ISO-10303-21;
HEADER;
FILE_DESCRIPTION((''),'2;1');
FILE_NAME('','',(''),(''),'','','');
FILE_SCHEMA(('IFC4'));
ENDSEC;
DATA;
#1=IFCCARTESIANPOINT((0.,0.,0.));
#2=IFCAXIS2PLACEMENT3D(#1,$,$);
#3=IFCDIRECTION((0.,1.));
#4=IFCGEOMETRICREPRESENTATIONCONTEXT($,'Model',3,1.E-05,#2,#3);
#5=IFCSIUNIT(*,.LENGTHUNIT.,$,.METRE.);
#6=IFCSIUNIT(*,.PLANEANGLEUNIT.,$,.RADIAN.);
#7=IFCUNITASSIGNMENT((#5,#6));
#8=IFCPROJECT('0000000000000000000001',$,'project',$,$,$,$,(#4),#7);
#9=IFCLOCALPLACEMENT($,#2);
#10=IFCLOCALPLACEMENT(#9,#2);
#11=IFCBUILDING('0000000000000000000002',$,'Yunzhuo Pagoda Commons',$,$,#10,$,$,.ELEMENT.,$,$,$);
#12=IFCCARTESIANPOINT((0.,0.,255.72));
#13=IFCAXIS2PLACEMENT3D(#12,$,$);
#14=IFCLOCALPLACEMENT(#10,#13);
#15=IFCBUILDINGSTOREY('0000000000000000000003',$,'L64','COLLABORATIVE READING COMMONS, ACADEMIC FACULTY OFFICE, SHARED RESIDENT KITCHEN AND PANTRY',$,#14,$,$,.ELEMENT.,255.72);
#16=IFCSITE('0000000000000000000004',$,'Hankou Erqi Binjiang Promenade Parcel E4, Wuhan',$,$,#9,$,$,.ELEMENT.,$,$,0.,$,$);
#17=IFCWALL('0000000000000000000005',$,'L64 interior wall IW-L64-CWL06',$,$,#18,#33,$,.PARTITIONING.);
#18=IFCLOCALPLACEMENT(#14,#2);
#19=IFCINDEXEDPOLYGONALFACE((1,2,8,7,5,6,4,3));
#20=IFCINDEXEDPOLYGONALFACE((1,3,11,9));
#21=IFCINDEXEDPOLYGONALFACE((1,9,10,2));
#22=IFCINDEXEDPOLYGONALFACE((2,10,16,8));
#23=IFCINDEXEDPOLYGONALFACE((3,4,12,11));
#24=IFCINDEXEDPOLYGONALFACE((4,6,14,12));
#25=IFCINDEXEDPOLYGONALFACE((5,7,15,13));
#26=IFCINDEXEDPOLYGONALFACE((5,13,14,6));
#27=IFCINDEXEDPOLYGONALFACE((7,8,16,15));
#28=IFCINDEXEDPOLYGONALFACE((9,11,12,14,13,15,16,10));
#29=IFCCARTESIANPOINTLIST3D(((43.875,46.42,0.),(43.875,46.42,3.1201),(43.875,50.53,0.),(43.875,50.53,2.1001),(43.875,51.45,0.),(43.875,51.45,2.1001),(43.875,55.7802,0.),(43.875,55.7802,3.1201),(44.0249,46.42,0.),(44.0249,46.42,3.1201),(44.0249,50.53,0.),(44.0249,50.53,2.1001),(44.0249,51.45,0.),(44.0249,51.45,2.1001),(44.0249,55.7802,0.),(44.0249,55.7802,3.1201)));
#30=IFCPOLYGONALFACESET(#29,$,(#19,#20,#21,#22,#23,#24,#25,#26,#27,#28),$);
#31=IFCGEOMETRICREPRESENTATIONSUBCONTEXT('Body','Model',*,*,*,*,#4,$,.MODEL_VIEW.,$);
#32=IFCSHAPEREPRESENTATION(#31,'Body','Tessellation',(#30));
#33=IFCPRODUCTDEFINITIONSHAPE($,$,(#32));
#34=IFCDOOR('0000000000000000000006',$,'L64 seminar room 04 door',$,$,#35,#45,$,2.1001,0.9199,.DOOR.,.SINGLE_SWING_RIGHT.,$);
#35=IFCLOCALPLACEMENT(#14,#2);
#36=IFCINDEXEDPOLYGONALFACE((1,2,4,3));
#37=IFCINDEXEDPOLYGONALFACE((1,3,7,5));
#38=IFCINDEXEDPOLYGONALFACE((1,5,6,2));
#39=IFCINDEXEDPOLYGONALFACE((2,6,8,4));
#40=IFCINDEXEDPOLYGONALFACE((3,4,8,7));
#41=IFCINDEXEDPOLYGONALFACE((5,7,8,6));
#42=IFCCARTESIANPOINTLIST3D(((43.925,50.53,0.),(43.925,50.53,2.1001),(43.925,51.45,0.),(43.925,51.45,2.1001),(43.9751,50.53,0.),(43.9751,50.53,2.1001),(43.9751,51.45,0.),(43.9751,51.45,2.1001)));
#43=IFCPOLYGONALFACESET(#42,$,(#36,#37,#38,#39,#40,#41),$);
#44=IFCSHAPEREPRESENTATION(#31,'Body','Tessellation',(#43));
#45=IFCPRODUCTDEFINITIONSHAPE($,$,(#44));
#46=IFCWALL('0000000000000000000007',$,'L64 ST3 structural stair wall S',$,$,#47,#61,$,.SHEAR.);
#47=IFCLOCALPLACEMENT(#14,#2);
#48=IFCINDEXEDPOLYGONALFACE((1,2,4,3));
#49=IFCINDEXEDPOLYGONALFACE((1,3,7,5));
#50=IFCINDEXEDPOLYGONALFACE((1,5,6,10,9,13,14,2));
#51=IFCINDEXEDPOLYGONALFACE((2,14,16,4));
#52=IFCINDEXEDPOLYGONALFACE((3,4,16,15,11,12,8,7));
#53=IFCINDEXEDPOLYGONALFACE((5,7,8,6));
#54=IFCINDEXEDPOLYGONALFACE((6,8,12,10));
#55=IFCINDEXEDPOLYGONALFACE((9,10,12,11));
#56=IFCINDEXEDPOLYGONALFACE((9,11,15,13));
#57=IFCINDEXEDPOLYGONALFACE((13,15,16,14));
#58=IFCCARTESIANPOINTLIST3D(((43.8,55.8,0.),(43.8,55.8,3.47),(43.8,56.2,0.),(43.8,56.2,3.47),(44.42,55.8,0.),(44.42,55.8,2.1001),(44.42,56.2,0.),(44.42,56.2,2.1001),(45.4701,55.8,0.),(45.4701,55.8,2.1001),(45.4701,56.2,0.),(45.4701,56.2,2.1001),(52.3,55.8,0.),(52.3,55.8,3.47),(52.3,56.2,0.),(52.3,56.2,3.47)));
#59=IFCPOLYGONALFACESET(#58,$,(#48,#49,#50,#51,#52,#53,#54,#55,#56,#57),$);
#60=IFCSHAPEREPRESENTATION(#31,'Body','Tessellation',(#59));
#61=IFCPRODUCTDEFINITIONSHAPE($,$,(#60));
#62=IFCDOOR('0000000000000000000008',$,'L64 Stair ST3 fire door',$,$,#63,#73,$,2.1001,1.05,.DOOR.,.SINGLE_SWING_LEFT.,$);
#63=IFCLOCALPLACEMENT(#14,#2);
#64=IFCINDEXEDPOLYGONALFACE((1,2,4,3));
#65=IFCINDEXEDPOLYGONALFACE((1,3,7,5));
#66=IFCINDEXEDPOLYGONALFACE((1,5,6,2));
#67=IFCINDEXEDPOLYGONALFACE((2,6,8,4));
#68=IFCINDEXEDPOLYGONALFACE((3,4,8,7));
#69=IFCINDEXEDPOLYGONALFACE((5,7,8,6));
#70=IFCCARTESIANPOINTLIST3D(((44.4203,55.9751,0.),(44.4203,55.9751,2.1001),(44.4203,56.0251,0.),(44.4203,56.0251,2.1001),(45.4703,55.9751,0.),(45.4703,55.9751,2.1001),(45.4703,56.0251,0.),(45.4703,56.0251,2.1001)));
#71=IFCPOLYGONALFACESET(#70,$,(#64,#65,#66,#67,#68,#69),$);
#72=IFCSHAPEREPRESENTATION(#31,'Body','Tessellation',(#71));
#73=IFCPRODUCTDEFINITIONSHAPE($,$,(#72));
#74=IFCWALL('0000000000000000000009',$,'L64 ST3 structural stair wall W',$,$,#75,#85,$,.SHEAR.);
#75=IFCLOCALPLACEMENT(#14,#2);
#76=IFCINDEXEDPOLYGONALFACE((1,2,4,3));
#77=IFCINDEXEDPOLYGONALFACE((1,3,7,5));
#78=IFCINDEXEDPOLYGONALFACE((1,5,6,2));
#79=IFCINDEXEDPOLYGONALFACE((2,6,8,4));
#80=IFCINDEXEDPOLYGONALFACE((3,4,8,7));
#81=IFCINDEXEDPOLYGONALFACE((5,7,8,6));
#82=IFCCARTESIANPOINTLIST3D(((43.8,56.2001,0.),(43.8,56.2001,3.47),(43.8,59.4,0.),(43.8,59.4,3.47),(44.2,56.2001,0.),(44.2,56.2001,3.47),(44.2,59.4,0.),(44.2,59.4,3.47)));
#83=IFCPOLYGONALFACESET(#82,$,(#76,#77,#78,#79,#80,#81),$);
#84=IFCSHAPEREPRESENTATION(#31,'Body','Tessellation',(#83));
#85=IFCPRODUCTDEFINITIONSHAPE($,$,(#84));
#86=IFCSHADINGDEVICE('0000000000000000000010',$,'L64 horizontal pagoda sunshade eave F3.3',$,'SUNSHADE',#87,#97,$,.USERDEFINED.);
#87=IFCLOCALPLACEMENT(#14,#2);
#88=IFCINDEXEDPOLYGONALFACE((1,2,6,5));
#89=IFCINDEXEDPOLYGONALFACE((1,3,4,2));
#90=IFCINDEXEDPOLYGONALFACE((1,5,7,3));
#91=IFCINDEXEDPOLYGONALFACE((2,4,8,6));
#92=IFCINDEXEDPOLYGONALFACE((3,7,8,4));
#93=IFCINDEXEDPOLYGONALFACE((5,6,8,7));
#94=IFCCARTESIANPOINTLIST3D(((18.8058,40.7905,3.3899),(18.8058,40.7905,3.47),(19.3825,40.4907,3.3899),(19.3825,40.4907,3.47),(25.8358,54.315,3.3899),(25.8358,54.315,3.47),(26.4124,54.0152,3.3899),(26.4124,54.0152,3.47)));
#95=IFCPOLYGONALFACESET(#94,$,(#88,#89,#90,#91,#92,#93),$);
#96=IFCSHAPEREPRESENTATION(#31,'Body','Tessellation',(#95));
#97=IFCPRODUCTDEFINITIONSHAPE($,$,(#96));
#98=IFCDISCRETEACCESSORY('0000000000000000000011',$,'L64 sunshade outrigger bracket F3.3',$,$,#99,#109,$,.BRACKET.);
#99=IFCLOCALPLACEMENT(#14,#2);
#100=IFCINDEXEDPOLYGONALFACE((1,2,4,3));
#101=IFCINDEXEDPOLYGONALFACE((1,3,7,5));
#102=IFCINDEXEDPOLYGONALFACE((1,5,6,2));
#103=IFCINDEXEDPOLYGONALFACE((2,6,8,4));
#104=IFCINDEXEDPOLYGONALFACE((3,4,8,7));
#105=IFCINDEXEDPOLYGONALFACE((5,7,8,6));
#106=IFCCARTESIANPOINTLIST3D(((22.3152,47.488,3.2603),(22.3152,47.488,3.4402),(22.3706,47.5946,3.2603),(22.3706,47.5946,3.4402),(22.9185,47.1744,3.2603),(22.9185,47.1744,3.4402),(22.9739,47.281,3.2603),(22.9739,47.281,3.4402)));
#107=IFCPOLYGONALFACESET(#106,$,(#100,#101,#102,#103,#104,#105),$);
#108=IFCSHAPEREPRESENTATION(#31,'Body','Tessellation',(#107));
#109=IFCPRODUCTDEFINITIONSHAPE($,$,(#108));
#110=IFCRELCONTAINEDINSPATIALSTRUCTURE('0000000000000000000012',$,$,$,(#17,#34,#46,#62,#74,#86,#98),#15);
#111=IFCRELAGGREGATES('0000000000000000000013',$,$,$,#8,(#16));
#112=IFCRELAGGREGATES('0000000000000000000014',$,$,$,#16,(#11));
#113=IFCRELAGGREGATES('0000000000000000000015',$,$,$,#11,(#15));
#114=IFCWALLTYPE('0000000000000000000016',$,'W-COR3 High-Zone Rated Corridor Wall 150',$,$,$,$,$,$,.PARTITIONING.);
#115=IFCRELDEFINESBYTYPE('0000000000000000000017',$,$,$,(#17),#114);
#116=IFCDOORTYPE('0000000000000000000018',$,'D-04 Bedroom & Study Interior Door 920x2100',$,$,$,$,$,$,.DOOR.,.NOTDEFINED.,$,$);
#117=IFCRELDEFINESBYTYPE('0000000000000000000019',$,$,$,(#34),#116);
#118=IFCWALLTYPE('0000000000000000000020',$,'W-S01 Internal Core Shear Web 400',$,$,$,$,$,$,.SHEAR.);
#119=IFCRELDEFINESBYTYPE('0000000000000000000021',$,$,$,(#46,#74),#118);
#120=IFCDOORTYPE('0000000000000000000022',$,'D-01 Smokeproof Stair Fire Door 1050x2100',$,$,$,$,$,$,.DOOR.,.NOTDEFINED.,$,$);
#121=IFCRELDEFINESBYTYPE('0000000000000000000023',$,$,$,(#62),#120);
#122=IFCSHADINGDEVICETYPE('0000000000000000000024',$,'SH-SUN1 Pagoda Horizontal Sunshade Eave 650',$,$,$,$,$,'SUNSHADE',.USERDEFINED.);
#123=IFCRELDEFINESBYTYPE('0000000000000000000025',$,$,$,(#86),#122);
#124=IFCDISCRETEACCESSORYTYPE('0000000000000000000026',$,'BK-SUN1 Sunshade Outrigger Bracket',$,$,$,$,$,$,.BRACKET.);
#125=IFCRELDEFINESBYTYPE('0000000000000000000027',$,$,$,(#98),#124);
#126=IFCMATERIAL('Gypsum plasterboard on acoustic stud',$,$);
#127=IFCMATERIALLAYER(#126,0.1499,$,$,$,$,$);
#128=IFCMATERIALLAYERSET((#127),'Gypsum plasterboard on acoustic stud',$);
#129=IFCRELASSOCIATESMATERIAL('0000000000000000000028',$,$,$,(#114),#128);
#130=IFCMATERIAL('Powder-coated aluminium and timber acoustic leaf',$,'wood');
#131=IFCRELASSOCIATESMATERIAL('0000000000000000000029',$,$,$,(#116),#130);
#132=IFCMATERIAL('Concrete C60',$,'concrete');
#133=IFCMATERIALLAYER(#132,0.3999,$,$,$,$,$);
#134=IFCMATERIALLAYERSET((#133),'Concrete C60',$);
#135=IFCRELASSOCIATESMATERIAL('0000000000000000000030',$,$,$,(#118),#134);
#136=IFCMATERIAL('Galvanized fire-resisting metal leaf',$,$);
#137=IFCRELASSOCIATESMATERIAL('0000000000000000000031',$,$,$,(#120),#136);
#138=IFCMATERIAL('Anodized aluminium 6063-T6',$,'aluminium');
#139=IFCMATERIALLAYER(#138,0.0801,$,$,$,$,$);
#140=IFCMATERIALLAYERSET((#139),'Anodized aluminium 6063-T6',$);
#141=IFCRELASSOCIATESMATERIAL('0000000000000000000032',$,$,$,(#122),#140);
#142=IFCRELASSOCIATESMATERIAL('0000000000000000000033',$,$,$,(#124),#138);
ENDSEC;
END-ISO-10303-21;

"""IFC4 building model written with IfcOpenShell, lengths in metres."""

from ifc_helpers import new_model, si_unit, direction, frame, frame_2d, origin, origin_with_axes, origin_2d, place, context, subcontext, project, spatial, rectangle, extrude, source, transform, mapped, material, layer, layer_set, type_object, element, fill, save


model = new_model("IFC4")

# Units and contexts
model_context = context("Model", 3, precision=1e-05, world=origin(), true_north=direction((0.0, 1.0)))
body_context = subcontext(model_context, "Body", "Model", "MODEL_VIEW")
ifc_project = project(units=[si_unit("LENGTHUNIT", "METRE"), si_unit("PLANEANGLEUNIT", "RADIAN")], contexts=[model_context])

# Site, building, storey
site_placement = place(None, origin())
site = spatial("IfcSite", under=ifc_project, at=site_placement, Name="Hankou Erqi Binjiang Promenade Parcel E4, Wuhan", CompositionType="ELEMENT", RefElevation=0.0)
building_placement = place(site_placement, origin())
building = spatial("IfcBuilding", under=site, at=building_placement, Name="Yunzhuo Pagoda Commons", CompositionType="ELEMENT")
storey_placement = place(building_placement, frame((0.0, 0.0, 255.72)))
storey = spatial("IfcBuildingStorey", under=building, at=storey_placement, Name="L64", Description="COLLABORATIVE READING COMMONS, ACADEMIC FACULTY OFFICE, SHARED RESIDENT KITCHEN AND PANTRY", CompositionType="ELEMENT", Elevation=255.72)

# Shared definitions
ifc_material_1 = material(Name="Anodized aluminium 6063-T6", Category="aluminium")

# Walls, openings, doors
ifc_material_2 = material(Name="Gypsum plasterboard on acoustic stud")
ifc_layer_1 = layer(ifc_material_2, 0.1499)
ifc_layer_set_1 = layer_set([ifc_layer_1], Name="Gypsum plasterboard on acoustic stud")
wall_type_1 = type_object("IfcWallType", Name="W-COR3 High-Zone Rated Corridor Wall 150", PredefinedType="PARTITIONING", material=ifc_layer_set_1)
wall_1_placement = place(storey_placement, frame((43.95, 46.4199, 0.0), z_axis=(0.0, 0.0, 1.0), x_axis=(0.0, 1.0, 0.0)))
wall_1 = element("IfcWall", 1, at=wall_1_placement, inside=storey, type_object=wall_type_1, Name="L64 interior wall IW-L64-CWL06", PredefinedType="PARTITIONING", context=body_context, shape_type="SweptSolid", body=[
    extrude(rectangle(XDim=9.3601, YDim=0.1499, at=frame_2d((4.6802, 0.0))), origin(), (0.0, 0.0, 1.0), 3.1201),
])
opening_1_placement = place(wall_1_placement, frame((4.1101, 0.0, 0.0)))
opening_1 = element("IfcOpeningElement", 2, at=opening_1_placement, cuts=wall_1, PredefinedType="OPENING", context=body_context, shape_type="SweptSolid", body=[
    extrude(rectangle(XDim=0.9199, YDim=2.1001, at=frame_2d((0.46, 1.05))), frame((0.0, 0.085, 0.0), z_axis=(0.0, -1.0, 0.0), x_axis=(1.0, 0.0, 0.0)), (0.0, 0.0, 1.0), 0.1699),
])
ifc_material_3 = material(Name="Powder-coated aluminium and timber acoustic leaf", Category="wood")
door_type_1 = type_object("IfcDoorType", Name="D-04 Bedroom & Study Interior Door 920x2100", OperationType="NOTDEFINED", PredefinedType="DOOR", material=ifc_material_3)
shared_shape_1 = source(origin(), body_context, "Body", "SweptSolid", [
    extrude(rectangle(XDim=0.9199, YDim=2.1001, at=frame_2d((0.46, 1.05))), frame((0.0, 0.0249, 0.0), z_axis=(0.0, -1.0, 0.0), x_axis=(1.0, 0.0, 0.0)), (0.0, 0.0, 1.0), 0.05),
])
door_1_placement = place(opening_1_placement, origin_with_axes())
door_1 = element("IfcDoor", 3, at=door_1_placement, inside=storey, type_object=door_type_1, Name="L64 seminar room 04 door", OperationType="SINGLE_SWING_RIGHT", OverallHeight=2.1001, OverallWidth=0.9199, PredefinedType="DOOR", context=body_context, shape_type="MappedRepresentation", body=[
    mapped(shared_shape_1, transform((0.0, 0.0, 0.0), scale=1.0)),
])
fill(opening_1, door_1)
ifc_material_4 = material(Name="Concrete C60", Category="concrete")
ifc_layer_2 = layer(ifc_material_4, 0.3999)
ifc_layer_set_2 = layer_set([ifc_layer_2], Name="Concrete C60")
wall_type_2 = type_object("IfcWallType", Name="W-S01 Internal Core Shear Web 400", PredefinedType="SHEAR", material=ifc_layer_set_2)
wall_2_placement = place(storey_placement, frame((43.8, 56.0, 0.0), z_axis=(0.0, 0.0, 1.0), x_axis=(1.0, 0.0, 0.0)))
wall_2 = element("IfcWall", 4, at=wall_2_placement, inside=storey, type_object=wall_type_2, Name="L64 ST3 structural stair wall S", PredefinedType="SHEAR", context=body_context, shape_type="SweptSolid", body=[
    extrude(rectangle(XDim=8.5, YDim=0.3999, at=frame_2d((4.25, 0.0))), origin(), (0.0, 0.0, 1.0), 3.47),
])
opening_2_placement = place(wall_2_placement, frame((0.6201, 0.0, 0.0)))
opening_2 = element("IfcOpeningElement", 5, at=opening_2_placement, cuts=wall_2, PredefinedType="OPENING", context=body_context, shape_type="SweptSolid", body=[
    extrude(rectangle(XDim=1.05, YDim=2.1001, at=frame_2d((0.5249, 1.05))), frame((0.0, 0.21, 0.0), z_axis=(0.0, -1.0, 0.0), x_axis=(1.0, 0.0, 0.0)), (0.0, 0.0, 1.0), 0.4199),
])
ifc_material_5 = material(Name="Galvanized fire-resisting metal leaf")
door_type_2 = type_object("IfcDoorType", Name="D-01 Smokeproof Stair Fire Door 1050x2100", OperationType="NOTDEFINED", PredefinedType="DOOR", material=ifc_material_5)
shared_shape_2 = source(origin(), body_context, "Body", "SweptSolid", [
    extrude(rectangle(XDim=1.05, YDim=2.1001, at=frame_2d((0.5249, 1.05))), frame((0.0, 0.0249, 0.0), z_axis=(0.0, -1.0, 0.0), x_axis=(1.0, 0.0, 0.0)), (0.0, 0.0, 1.0), 0.05),
])
door_2_placement = place(opening_2_placement, frame((1.05, 0.0, 0.0), z_axis=(0.0, 0.0, 1.0), x_axis=(-1.0, 0.0, 0.0)))
door_2 = element("IfcDoor", 6, at=door_2_placement, inside=storey, type_object=door_type_2, Name="L64 Stair ST3 fire door", OperationType="SINGLE_SWING_LEFT", OverallHeight=2.1001, OverallWidth=1.05, PredefinedType="DOOR", context=body_context, shape_type="MappedRepresentation", body=[
    mapped(shared_shape_2, transform((0.0, 0.0, 0.0), scale=1.0)),
])
fill(opening_2, door_2)

# Wall
wall_3_placement = place(storey_placement, frame((44.0, 56.2, 0.0), z_axis=(0.0, 0.0, 1.0), x_axis=(0.0, 1.0, 0.0)))
element("IfcWall", 7, at=wall_3_placement, inside=storey, type_object=wall_type_2, Name="L64 ST3 structural stair wall W", PredefinedType="SHEAR", context=body_context, shape_type="SweptSolid", body=[
    extrude(rectangle(XDim=3.2, YDim=0.3999, at=frame_2d((1.6001, 0.0))), origin(), (0.0, 0.0, 1.0), 3.47),
])

# Shading device
ifc_layer_3 = layer(ifc_material_1, 0.0801)
ifc_layer_set_3 = layer_set([ifc_layer_3], Name="Anodized aluminium 6063-T6")
shading_device_type = type_object("IfcShadingDeviceType", Name="SH-SUN1 Pagoda Horizontal Sunshade Eave 650", ElementType="SUNSHADE", PredefinedType="USERDEFINED", material=ifc_layer_set_3)
shared_shape_3 = source(origin(), body_context, "Body", "SweptSolid", [
    extrude(rectangle(XDim=15.2424, YDim=0.6499, at=origin_2d()), origin(), (0.0, 0.0, 1.0), 0.0801),
])
shading_device_placement = place(storey_placement, frame((22.6091, 47.4028, 3.3899), z_axis=(0.0, 0.0, 1.0), x_axis=(-0.461207, -0.887293, 0.0)))
element("IfcShadingDevice", 8, at=shading_device_placement, inside=storey, type_object=shading_device_type, Name="L64 horizontal pagoda sunshade eave F3.3", ObjectType="SUNSHADE", PredefinedType="USERDEFINED", context=body_context, shape_type="MappedRepresentation", body=[
    mapped(shared_shape_3, transform((0.0, 0.0, 0.0), scale=1.0)),
])

# Discrete accessory
discrete_accessory_type = type_object("IfcDiscreteAccessoryType", Name="BK-SUN1 Sunshade Outrigger Bracket", PredefinedType="BRACKET", material=ifc_material_1)
shared_shape_4 = source(origin(), body_context, "Body", "SweptSolid", [
    extrude(rectangle(XDim=0.1201, YDim=0.6799, at=origin_2d()), origin(), (0.0, 0.0, 1.0), 0.1799),
])
discrete_accessory_placement = place(storey_placement, frame((22.6445, 47.3845, 3.2603), z_axis=(0.0, 0.0, 1.0), x_axis=(-0.461207, -0.887293, 0.0)))
element("IfcDiscreteAccessory", 9, at=discrete_accessory_placement, inside=storey, type_object=discrete_accessory_type, Name="L64 sunshade outrigger bracket F3.3", PredefinedType="BRACKET", context=body_context, shape_type="MappedRepresentation", body=[
    mapped(shared_shape_4, transform((0.0, 0.0, 0.0), scale=1.0)),
])

save(model, "model.ifc")
